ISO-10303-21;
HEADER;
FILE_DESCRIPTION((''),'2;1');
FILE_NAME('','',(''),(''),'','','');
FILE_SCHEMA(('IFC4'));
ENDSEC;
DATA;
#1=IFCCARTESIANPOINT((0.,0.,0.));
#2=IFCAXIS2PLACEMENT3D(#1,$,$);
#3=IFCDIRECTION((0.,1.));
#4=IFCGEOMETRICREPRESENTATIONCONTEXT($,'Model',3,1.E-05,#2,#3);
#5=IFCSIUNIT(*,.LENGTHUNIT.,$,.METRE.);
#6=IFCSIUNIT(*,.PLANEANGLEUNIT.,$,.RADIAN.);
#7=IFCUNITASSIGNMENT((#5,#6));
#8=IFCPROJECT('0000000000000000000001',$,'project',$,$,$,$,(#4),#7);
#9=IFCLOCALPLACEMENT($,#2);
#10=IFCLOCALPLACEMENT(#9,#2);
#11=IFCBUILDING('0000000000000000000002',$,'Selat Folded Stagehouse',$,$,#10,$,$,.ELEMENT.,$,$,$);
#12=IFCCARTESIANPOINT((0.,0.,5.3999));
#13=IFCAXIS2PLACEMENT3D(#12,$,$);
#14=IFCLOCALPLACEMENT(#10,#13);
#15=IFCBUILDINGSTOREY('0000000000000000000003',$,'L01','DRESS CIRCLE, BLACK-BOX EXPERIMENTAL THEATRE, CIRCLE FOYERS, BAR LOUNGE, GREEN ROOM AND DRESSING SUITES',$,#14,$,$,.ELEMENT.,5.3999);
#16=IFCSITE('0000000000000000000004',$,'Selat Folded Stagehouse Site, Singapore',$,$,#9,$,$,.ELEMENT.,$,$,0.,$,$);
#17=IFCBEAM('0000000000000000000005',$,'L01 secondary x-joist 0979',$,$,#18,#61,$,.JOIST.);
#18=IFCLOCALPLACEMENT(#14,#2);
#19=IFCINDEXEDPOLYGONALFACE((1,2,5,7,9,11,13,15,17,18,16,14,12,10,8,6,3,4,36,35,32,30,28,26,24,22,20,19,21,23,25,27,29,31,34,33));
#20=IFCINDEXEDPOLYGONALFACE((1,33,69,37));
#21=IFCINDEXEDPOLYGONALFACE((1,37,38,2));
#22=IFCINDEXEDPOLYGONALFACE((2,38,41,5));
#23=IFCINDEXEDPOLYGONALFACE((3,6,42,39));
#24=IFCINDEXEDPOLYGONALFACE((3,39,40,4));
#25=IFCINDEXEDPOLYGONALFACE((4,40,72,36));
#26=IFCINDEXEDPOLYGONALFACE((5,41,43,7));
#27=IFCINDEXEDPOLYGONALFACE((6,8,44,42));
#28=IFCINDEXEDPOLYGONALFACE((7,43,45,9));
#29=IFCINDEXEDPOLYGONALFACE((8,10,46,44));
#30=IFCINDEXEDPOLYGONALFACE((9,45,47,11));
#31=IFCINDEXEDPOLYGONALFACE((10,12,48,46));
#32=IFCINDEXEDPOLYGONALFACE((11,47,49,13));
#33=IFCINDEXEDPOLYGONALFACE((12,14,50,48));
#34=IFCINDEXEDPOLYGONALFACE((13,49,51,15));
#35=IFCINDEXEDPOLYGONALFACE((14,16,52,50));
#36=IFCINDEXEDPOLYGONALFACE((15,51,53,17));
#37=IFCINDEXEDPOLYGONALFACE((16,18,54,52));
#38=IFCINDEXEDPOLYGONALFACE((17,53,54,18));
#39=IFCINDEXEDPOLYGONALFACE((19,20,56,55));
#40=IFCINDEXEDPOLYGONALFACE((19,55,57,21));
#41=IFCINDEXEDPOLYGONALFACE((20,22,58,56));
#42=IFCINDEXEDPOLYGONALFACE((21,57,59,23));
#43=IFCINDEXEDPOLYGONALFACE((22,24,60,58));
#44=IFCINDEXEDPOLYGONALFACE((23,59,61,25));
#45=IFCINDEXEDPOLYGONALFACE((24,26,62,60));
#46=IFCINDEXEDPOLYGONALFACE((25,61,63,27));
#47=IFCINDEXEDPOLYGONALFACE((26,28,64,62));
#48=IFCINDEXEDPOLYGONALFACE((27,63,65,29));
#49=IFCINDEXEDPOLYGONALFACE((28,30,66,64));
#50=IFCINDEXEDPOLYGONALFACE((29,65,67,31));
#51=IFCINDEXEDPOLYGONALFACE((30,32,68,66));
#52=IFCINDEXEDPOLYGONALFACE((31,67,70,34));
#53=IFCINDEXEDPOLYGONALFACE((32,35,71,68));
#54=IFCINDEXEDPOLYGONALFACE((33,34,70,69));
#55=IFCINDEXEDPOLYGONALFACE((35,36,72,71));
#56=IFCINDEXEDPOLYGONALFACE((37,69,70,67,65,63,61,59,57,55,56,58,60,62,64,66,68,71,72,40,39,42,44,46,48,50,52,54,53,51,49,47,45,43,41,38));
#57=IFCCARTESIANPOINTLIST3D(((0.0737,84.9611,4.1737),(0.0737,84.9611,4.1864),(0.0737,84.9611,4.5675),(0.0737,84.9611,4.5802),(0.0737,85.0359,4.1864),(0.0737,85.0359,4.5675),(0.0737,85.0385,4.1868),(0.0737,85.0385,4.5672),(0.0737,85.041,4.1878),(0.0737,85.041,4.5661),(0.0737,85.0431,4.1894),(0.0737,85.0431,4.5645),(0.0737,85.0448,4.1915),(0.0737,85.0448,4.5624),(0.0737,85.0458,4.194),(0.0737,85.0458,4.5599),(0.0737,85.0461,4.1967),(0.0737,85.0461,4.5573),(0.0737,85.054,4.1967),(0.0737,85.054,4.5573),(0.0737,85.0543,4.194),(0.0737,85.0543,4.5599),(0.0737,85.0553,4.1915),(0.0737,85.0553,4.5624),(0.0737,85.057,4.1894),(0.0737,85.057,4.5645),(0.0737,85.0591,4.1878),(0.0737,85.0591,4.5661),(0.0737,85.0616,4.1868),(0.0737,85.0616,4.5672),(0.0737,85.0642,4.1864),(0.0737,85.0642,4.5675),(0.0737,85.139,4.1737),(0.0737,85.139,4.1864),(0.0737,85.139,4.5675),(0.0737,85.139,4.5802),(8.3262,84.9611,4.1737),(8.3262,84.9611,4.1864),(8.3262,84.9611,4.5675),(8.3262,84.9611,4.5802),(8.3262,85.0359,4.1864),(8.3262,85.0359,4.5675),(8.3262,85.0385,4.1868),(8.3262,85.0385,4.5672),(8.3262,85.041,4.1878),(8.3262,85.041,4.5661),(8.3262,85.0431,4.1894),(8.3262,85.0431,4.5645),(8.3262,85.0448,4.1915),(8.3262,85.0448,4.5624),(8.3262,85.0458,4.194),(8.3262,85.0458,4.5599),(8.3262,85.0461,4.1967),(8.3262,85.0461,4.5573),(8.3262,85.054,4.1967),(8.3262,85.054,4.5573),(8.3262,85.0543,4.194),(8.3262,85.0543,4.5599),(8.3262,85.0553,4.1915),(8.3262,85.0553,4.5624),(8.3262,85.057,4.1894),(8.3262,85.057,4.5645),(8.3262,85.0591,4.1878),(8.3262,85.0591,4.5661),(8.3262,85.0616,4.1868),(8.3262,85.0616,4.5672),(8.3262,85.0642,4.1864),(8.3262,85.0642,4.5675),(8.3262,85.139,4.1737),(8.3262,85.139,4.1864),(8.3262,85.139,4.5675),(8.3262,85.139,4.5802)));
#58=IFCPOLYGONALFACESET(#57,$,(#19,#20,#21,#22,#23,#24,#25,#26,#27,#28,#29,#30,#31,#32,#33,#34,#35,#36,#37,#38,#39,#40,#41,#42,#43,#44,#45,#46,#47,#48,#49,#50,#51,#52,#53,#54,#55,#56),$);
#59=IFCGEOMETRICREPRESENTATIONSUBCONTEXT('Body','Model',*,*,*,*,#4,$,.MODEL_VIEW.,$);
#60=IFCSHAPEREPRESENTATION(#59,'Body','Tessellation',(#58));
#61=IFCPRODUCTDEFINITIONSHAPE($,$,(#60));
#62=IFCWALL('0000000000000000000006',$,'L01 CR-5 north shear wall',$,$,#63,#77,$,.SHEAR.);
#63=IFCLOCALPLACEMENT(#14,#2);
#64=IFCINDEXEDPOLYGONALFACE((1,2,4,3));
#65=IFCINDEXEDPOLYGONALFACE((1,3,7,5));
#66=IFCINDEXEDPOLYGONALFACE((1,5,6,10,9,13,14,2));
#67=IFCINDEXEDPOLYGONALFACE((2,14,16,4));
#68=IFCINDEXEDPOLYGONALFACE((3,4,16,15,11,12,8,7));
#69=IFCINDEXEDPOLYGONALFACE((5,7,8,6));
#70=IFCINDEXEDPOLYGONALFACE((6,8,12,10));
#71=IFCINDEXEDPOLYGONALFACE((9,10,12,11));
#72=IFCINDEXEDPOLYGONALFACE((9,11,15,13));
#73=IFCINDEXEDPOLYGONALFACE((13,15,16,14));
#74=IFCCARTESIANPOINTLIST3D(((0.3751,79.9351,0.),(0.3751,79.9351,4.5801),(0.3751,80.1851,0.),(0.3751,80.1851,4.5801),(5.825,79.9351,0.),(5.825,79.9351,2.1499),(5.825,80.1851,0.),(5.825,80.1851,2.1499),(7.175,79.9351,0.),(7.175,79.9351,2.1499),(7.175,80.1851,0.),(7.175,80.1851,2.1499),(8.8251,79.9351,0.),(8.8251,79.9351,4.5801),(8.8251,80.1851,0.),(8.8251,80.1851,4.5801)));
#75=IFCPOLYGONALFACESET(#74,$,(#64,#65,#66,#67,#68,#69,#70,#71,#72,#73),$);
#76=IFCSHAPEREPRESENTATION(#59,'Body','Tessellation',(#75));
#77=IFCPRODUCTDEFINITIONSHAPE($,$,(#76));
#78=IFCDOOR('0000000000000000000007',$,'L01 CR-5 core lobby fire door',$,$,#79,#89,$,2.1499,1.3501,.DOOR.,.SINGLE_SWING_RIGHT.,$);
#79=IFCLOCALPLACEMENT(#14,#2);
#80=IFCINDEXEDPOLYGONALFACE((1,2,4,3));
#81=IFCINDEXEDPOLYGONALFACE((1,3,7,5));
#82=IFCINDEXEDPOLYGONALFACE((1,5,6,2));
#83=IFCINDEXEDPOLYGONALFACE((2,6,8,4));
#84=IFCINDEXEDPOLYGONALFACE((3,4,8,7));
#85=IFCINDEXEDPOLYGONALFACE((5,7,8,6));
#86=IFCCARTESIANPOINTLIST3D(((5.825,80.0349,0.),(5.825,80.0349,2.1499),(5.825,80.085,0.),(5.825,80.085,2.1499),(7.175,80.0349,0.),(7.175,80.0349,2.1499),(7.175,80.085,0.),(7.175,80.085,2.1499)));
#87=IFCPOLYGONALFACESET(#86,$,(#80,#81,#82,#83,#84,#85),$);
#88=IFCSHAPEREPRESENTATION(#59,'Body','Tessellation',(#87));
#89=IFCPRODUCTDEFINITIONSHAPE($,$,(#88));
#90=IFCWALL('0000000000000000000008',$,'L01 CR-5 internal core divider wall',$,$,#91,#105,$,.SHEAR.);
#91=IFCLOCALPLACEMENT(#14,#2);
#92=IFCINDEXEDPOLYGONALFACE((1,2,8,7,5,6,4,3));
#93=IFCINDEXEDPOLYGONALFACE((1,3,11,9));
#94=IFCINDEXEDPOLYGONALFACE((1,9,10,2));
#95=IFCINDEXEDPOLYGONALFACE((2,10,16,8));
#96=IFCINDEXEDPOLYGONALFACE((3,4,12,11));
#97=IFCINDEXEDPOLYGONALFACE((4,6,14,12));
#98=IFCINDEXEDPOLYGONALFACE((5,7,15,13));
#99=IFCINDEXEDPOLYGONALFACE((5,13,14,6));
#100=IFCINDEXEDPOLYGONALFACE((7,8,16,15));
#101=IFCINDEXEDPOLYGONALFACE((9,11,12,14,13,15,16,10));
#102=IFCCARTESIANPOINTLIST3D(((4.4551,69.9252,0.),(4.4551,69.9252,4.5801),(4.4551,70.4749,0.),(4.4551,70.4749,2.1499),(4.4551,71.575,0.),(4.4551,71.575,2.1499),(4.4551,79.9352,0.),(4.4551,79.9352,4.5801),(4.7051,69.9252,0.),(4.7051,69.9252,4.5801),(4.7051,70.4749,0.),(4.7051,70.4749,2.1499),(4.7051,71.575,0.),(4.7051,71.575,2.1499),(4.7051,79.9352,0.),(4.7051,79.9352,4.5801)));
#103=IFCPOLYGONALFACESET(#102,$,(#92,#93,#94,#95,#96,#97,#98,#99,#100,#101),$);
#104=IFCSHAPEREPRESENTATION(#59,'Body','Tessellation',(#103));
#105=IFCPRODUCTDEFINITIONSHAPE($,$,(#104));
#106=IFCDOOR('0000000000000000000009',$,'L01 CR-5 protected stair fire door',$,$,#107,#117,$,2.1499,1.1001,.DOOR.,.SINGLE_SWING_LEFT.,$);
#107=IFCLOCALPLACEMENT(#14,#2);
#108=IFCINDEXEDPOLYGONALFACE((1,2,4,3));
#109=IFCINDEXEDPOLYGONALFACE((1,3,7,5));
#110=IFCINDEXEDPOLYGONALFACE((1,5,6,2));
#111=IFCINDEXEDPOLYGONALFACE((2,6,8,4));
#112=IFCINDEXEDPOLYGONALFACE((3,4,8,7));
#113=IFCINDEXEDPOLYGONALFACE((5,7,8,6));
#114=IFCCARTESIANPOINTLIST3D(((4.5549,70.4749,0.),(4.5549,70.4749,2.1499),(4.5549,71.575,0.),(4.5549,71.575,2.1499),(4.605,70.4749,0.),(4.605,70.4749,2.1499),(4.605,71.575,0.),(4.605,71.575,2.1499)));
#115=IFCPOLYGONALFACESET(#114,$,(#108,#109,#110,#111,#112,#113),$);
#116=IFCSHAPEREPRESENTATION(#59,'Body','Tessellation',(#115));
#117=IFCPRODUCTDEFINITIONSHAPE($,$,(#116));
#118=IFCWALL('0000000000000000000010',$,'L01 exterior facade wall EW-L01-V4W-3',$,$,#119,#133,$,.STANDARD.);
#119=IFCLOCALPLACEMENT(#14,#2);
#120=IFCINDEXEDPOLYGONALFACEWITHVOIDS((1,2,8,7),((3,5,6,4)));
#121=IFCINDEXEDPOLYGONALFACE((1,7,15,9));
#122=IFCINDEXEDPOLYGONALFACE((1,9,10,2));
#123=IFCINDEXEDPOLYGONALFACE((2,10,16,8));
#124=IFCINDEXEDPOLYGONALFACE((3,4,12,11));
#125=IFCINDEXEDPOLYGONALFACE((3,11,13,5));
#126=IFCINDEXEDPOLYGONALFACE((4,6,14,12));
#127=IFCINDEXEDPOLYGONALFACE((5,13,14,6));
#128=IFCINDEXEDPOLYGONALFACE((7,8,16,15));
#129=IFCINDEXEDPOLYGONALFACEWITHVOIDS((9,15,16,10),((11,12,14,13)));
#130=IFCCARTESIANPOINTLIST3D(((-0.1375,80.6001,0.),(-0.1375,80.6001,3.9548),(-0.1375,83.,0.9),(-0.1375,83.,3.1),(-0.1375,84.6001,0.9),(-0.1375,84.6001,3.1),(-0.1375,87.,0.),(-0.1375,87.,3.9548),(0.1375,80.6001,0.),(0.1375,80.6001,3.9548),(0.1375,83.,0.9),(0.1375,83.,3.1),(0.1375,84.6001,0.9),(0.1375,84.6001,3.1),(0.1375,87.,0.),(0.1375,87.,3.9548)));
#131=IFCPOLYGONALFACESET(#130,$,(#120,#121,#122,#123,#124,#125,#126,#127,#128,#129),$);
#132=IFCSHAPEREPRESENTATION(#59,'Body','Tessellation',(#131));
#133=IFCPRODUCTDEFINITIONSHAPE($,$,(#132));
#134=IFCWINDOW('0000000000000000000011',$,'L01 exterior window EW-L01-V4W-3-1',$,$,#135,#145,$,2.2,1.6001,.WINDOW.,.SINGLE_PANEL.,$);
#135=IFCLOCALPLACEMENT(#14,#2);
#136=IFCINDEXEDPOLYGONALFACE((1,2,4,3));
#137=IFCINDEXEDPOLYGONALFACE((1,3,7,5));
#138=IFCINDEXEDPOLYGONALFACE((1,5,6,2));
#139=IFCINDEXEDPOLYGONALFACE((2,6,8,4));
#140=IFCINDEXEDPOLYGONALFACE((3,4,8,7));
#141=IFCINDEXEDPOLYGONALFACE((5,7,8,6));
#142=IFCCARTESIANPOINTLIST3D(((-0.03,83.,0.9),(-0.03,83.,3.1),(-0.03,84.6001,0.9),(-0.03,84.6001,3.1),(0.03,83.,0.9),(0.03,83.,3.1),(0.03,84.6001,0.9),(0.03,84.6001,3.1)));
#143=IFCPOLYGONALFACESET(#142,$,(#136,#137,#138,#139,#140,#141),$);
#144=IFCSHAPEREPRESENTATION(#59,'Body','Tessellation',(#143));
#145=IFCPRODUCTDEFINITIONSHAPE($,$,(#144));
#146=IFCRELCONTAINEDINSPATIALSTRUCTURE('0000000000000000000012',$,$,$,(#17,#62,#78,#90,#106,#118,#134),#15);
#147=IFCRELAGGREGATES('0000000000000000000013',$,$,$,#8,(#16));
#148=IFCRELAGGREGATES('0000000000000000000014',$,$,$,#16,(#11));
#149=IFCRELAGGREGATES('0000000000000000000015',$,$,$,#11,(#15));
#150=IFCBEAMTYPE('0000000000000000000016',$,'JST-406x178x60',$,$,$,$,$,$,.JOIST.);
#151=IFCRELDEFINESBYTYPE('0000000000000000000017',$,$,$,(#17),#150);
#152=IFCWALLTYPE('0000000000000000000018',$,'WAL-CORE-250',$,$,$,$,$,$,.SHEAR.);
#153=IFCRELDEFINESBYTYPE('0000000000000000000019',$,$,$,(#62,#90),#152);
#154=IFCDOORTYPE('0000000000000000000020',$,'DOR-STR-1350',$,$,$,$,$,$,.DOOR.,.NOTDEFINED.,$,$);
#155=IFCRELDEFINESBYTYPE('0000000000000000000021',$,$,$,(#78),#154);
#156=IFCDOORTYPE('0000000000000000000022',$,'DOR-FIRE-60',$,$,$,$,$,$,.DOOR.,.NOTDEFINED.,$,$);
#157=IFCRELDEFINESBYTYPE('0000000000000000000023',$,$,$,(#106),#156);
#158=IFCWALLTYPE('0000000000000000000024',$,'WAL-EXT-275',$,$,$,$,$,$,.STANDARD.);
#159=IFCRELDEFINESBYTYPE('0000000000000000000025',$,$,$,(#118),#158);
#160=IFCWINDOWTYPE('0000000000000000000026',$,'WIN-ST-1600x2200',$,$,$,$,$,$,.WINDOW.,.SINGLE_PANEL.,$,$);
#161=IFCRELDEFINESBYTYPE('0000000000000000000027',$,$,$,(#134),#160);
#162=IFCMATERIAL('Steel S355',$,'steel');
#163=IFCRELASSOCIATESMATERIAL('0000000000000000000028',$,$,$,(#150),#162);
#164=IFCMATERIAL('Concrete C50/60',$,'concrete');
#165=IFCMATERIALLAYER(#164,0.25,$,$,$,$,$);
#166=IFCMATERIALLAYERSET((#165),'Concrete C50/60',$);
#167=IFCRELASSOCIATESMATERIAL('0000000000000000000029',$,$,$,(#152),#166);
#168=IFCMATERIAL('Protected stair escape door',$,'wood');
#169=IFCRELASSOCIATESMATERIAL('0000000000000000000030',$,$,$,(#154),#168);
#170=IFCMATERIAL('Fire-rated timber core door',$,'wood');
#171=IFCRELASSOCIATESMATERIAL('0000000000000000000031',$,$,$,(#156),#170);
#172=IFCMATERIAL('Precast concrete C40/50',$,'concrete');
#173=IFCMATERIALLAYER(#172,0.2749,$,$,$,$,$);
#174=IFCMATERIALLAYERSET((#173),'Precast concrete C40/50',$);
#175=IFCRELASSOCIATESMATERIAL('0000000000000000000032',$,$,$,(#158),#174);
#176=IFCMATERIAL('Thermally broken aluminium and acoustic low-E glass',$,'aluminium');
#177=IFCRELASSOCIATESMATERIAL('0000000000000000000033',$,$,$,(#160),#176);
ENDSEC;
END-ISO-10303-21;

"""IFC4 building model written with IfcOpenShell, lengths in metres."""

from ifc_helpers import new_model, si_unit, direction, frame, frame_2d, origin, origin_2d, place, context, subcontext, project, spatial, rectangle, i_section, extrude, material, layer, layer_set, material_profile, profile_set, type_object, element, fill, save


model = new_model("IFC4")

# Units and contexts
model_context = context("Model", 3, precision=1e-05, world=origin(), true_north=direction((0.0, 1.0)))
body_context = subcontext(model_context, "Body", "Model", "MODEL_VIEW")
ifc_project = project(units=[si_unit("LENGTHUNIT", "METRE"), si_unit("PLANEANGLEUNIT", "RADIAN")], contexts=[model_context])

# Site, building, storey
site_placement = place(None, origin())
site = spatial("IfcSite", under=ifc_project, at=site_placement, Name="Selat Folded Stagehouse Site, Singapore", CompositionType="ELEMENT", RefElevation=0.0)
building_placement = place(site_placement, origin())
building = spatial("IfcBuilding", under=site, at=building_placement, Name="Selat Folded Stagehouse", CompositionType="ELEMENT")
storey_placement = place(building_placement, frame((0.0, 0.0, 5.3999)))
storey = spatial("IfcBuildingStorey", under=building, at=storey_placement, Name="L01", Description="DRESS CIRCLE, BLACK-BOX EXPERIMENTAL THEATRE, CIRCLE FOYERS, BAR LOUNGE, GREEN ROOM AND DRESSING SUITES", CompositionType="ELEMENT", Elevation=5.3999)

# Shared definitions
ifc_material_1 = material(Name="Steel S355", Category="steel")

# Beam
ifc_material_profile_1 = material_profile(ifc_material_1, i_section(OverallWidth=0.178, OverallDepth=0.4065, WebThickness=0.0078, FlangeThickness=0.0127, FilletRadius=0.0103, at=origin_2d()), Name="UKB 406x178x60")
ifc_profile_set_1 = profile_set([ifc_material_profile_1], Name="Steel S355")
beam_type_1 = type_object("IfcBeamType", Name="JST-406x178x60", PredefinedType="JOIST", material=ifc_profile_set_1)
for number, where, z_axis, x_axis, name in (
    (1, (0.0737, 85.05, 4.377), (1.0, 0.0, 0.0), (0.0, 1.0, 0.0), "L01 secondary x-joist 0979"),
):
    element("IfcBeam", number, at=place(storey_placement, frame(where, z_axis=z_axis, x_axis=x_axis)), inside=storey, type_object=beam_type_1, Name=name, PredefinedType="JOIST", context=body_context, shape_type="SweptSolid", body=[
        extrude(i_section(OverallWidth=0.178, OverallDepth=0.4065, WebThickness=0.0078, FlangeThickness=0.0127, FilletRadius=0.0103, at=origin_2d()), origin(), (0.0, 0.0, 1.0), 8.2524),
    ])

# Walls, openings, doors
ifc_material_2 = material(Name="Concrete C50/60", Category="concrete")
ifc_layer_1 = layer(ifc_material_2, 0.25)
ifc_layer_set_1 = layer_set([ifc_layer_1], Name="Concrete C50/60")
wall_type_1 = type_object("IfcWallType", Name="WAL-CORE-250", PredefinedType="SHEAR", material=ifc_layer_set_1)
wall_1_placement = place(storey_placement, frame((0.375, 80.0601, 0.0), z_axis=(0.0, 0.0, 1.0), x_axis=(1.0, 0.0, 0.0)))
wall_1 = element("IfcWall", 2, at=wall_1_placement, inside=storey, type_object=wall_type_1, Name="L01 CR-5 north shear wall", PredefinedType="SHEAR", context=body_context, shape_type="SweptSolid", body=[
    extrude(rectangle(XDim=8.45, YDim=0.25, at=frame_2d((4.2251, 0.0))), origin(), (0.0, 0.0, 1.0), 4.5801),
])
opening_1_placement = place(wall_1_placement, frame((5.45, 0.0, 0.0)))
opening_1 = element("IfcOpeningElement", 3, at=opening_1_placement, cuts=wall_1, PredefinedType="OPENING", context=body_context, shape_type="SweptSolid", body=[
    extrude(rectangle(XDim=1.3501, YDim=2.1499, at=frame_2d((0.675, 1.075))), frame((0.0, 0.135, 0.0), z_axis=(0.0, -1.0, 0.0), x_axis=(1.0, 0.0, 0.0)), (0.0, 0.0, 1.0), 0.27),
])
ifc_material_3 = material(Name="Protected stair escape door", Category="wood")
door_type_1 = type_object("IfcDoorType", Name="DOR-STR-1350", OperationType="NOTDEFINED", PredefinedType="DOOR", material=ifc_material_3)
door_1_placement = place(opening_1_placement, origin())
door_1 = element("IfcDoor", 4, at=door_1_placement, inside=storey, type_object=door_type_1, Name="L01 CR-5 core lobby fire door", OperationType="SINGLE_SWING_RIGHT", OverallHeight=2.1499, OverallWidth=1.3501, PredefinedType="DOOR", context=body_context, shape_type="SweptSolid", body=[
    extrude(rectangle(XDim=1.3501, YDim=2.1499, at=frame_2d((0.675, 1.075))), frame((0.0, 0.0249, 0.0), z_axis=(0.0, -1.0, 0.0), x_axis=(1.0, 0.0, 0.0)), (0.0, 0.0, 1.0), 0.05),
])
fill(opening_1, door_1)
wall_2_placement = place(storey_placement, frame((4.5801, 79.9351, 0.0), z_axis=(0.0, 0.0, 1.0), x_axis=(0.0, -1.0, 0.0)))
wall_2 = element("IfcWall", 5, at=wall_2_placement, inside=storey, type_object=wall_type_1, Name="L01 CR-5 internal core divider wall", PredefinedType="SHEAR", context=body_context, shape_type="SweptSolid", body=[
    extrude(rectangle(XDim=10.01, YDim=0.25, at=frame_2d((5.0049, 0.0))), origin(), (0.0, 0.0, 1.0), 4.5801),
])
opening_2_placement = place(wall_2_placement, frame((8.3601, 0.0, 0.0)))
opening_2 = element("IfcOpeningElement", 6, at=opening_2_placement, cuts=wall_2, PredefinedType="OPENING", context=body_context, shape_type="SweptSolid", body=[
    extrude(rectangle(XDim=1.1001, YDim=2.1499, at=frame_2d((0.55, 1.075))), frame((0.0, 0.135, 0.0), z_axis=(0.0, -1.0, 0.0), x_axis=(1.0, 0.0, 0.0)), (0.0, 0.0, 1.0), 0.27),
])
ifc_material_4 = material(Name="Fire-rated timber core door", Category="wood")
door_type_2 = type_object("IfcDoorType", Name="DOR-FIRE-60", OperationType="NOTDEFINED", PredefinedType="DOOR", material=ifc_material_4)
door_2_placement = place(opening_2_placement, origin())
door_2 = element("IfcDoor", 7, at=door_2_placement, inside=storey, type_object=door_type_2, Name="L01 CR-5 protected stair fire door", OperationType="SINGLE_SWING_LEFT", OverallHeight=2.1499, OverallWidth=1.1001, PredefinedType="DOOR", context=body_context, shape_type="SweptSolid", body=[
    extrude(rectangle(XDim=1.1001, YDim=2.1499, at=frame_2d((0.55, 1.075))), frame((0.0, 0.0249, 0.0), z_axis=(0.0, -1.0, 0.0), x_axis=(1.0, 0.0, 0.0)), (0.0, 0.0, 1.0), 0.05),
])
fill(opening_2, door_2)

# Wall, opening, window
ifc_material_5 = material(Name="Precast concrete C40/50", Category="concrete")
ifc_layer_2 = layer(ifc_material_5, 0.2749)
ifc_layer_set_2 = layer_set([ifc_layer_2], Name="Precast concrete C40/50")
wall_type_2 = type_object("IfcWallType", Name="WAL-EXT-275", PredefinedType="STANDARD", material=ifc_layer_set_2)
wall_3_placement = place(storey_placement, frame((0.0, 80.6001, 0.0), z_axis=(0.0, 0.0, 1.0), x_axis=(0.0, 1.0, 0.0)))
wall_3 = element("IfcWall", 8, at=wall_3_placement, inside=storey, type_object=wall_type_2, Name="L01 exterior facade wall EW-L01-V4W-3", PredefinedType="STANDARD", context=body_context, shape_type="SweptSolid", body=[
    extrude(rectangle(XDim=6.3999, YDim=0.2749, at=frame_2d((3.2, 0.0))), origin(), (0.0, 0.0, 1.0), 3.9548),
])
opening_3_placement = place(wall_3_placement, frame((2.3999, 0.0, 0.8999)))
opening_3 = element("IfcOpeningElement", 9, at=opening_3_placement, cuts=wall_3, PredefinedType="OPENING", context=body_context, shape_type="SweptSolid", body=[
    extrude(rectangle(XDim=1.6001, YDim=2.2, at=frame_2d((0.8, 1.1001))), frame((0.0, 0.1475, 0.0), z_axis=(0.0, -1.0, 0.0), x_axis=(1.0, 0.0, 0.0)), (0.0, 0.0, 1.0), 0.2949),
])
ifc_material_6 = material(Name="Thermally broken aluminium and acoustic low-E glass", Category="aluminium")
window_type_1 = type_object("IfcWindowType", Name="WIN-ST-1600x2200", PartitioningType="SINGLE_PANEL", PredefinedType="WINDOW", material=ifc_material_6)
window_1_placement = place(opening_3_placement, origin())
window_1 = element("IfcWindow", 10, at=window_1_placement, inside=storey, type_object=window_type_1, Name="L01 exterior window EW-L01-V4W-3-1", OverallHeight=2.2, OverallWidth=1.6001, PartitioningType="SINGLE_PANEL", PredefinedType="WINDOW", context=body_context, shape_type="SweptSolid", body=[
    extrude(rectangle(XDim=1.6001, YDim=2.2, at=frame_2d((0.8, 1.1001))), frame((0.0, 0.03, 0.0), z_axis=(0.0, -1.0, 0.0), x_axis=(1.0, 0.0, 0.0)), (0.0, 0.0, 1.0), 0.0601),
])
fill(opening_3, window_1)

save(model, "model.ifc")
